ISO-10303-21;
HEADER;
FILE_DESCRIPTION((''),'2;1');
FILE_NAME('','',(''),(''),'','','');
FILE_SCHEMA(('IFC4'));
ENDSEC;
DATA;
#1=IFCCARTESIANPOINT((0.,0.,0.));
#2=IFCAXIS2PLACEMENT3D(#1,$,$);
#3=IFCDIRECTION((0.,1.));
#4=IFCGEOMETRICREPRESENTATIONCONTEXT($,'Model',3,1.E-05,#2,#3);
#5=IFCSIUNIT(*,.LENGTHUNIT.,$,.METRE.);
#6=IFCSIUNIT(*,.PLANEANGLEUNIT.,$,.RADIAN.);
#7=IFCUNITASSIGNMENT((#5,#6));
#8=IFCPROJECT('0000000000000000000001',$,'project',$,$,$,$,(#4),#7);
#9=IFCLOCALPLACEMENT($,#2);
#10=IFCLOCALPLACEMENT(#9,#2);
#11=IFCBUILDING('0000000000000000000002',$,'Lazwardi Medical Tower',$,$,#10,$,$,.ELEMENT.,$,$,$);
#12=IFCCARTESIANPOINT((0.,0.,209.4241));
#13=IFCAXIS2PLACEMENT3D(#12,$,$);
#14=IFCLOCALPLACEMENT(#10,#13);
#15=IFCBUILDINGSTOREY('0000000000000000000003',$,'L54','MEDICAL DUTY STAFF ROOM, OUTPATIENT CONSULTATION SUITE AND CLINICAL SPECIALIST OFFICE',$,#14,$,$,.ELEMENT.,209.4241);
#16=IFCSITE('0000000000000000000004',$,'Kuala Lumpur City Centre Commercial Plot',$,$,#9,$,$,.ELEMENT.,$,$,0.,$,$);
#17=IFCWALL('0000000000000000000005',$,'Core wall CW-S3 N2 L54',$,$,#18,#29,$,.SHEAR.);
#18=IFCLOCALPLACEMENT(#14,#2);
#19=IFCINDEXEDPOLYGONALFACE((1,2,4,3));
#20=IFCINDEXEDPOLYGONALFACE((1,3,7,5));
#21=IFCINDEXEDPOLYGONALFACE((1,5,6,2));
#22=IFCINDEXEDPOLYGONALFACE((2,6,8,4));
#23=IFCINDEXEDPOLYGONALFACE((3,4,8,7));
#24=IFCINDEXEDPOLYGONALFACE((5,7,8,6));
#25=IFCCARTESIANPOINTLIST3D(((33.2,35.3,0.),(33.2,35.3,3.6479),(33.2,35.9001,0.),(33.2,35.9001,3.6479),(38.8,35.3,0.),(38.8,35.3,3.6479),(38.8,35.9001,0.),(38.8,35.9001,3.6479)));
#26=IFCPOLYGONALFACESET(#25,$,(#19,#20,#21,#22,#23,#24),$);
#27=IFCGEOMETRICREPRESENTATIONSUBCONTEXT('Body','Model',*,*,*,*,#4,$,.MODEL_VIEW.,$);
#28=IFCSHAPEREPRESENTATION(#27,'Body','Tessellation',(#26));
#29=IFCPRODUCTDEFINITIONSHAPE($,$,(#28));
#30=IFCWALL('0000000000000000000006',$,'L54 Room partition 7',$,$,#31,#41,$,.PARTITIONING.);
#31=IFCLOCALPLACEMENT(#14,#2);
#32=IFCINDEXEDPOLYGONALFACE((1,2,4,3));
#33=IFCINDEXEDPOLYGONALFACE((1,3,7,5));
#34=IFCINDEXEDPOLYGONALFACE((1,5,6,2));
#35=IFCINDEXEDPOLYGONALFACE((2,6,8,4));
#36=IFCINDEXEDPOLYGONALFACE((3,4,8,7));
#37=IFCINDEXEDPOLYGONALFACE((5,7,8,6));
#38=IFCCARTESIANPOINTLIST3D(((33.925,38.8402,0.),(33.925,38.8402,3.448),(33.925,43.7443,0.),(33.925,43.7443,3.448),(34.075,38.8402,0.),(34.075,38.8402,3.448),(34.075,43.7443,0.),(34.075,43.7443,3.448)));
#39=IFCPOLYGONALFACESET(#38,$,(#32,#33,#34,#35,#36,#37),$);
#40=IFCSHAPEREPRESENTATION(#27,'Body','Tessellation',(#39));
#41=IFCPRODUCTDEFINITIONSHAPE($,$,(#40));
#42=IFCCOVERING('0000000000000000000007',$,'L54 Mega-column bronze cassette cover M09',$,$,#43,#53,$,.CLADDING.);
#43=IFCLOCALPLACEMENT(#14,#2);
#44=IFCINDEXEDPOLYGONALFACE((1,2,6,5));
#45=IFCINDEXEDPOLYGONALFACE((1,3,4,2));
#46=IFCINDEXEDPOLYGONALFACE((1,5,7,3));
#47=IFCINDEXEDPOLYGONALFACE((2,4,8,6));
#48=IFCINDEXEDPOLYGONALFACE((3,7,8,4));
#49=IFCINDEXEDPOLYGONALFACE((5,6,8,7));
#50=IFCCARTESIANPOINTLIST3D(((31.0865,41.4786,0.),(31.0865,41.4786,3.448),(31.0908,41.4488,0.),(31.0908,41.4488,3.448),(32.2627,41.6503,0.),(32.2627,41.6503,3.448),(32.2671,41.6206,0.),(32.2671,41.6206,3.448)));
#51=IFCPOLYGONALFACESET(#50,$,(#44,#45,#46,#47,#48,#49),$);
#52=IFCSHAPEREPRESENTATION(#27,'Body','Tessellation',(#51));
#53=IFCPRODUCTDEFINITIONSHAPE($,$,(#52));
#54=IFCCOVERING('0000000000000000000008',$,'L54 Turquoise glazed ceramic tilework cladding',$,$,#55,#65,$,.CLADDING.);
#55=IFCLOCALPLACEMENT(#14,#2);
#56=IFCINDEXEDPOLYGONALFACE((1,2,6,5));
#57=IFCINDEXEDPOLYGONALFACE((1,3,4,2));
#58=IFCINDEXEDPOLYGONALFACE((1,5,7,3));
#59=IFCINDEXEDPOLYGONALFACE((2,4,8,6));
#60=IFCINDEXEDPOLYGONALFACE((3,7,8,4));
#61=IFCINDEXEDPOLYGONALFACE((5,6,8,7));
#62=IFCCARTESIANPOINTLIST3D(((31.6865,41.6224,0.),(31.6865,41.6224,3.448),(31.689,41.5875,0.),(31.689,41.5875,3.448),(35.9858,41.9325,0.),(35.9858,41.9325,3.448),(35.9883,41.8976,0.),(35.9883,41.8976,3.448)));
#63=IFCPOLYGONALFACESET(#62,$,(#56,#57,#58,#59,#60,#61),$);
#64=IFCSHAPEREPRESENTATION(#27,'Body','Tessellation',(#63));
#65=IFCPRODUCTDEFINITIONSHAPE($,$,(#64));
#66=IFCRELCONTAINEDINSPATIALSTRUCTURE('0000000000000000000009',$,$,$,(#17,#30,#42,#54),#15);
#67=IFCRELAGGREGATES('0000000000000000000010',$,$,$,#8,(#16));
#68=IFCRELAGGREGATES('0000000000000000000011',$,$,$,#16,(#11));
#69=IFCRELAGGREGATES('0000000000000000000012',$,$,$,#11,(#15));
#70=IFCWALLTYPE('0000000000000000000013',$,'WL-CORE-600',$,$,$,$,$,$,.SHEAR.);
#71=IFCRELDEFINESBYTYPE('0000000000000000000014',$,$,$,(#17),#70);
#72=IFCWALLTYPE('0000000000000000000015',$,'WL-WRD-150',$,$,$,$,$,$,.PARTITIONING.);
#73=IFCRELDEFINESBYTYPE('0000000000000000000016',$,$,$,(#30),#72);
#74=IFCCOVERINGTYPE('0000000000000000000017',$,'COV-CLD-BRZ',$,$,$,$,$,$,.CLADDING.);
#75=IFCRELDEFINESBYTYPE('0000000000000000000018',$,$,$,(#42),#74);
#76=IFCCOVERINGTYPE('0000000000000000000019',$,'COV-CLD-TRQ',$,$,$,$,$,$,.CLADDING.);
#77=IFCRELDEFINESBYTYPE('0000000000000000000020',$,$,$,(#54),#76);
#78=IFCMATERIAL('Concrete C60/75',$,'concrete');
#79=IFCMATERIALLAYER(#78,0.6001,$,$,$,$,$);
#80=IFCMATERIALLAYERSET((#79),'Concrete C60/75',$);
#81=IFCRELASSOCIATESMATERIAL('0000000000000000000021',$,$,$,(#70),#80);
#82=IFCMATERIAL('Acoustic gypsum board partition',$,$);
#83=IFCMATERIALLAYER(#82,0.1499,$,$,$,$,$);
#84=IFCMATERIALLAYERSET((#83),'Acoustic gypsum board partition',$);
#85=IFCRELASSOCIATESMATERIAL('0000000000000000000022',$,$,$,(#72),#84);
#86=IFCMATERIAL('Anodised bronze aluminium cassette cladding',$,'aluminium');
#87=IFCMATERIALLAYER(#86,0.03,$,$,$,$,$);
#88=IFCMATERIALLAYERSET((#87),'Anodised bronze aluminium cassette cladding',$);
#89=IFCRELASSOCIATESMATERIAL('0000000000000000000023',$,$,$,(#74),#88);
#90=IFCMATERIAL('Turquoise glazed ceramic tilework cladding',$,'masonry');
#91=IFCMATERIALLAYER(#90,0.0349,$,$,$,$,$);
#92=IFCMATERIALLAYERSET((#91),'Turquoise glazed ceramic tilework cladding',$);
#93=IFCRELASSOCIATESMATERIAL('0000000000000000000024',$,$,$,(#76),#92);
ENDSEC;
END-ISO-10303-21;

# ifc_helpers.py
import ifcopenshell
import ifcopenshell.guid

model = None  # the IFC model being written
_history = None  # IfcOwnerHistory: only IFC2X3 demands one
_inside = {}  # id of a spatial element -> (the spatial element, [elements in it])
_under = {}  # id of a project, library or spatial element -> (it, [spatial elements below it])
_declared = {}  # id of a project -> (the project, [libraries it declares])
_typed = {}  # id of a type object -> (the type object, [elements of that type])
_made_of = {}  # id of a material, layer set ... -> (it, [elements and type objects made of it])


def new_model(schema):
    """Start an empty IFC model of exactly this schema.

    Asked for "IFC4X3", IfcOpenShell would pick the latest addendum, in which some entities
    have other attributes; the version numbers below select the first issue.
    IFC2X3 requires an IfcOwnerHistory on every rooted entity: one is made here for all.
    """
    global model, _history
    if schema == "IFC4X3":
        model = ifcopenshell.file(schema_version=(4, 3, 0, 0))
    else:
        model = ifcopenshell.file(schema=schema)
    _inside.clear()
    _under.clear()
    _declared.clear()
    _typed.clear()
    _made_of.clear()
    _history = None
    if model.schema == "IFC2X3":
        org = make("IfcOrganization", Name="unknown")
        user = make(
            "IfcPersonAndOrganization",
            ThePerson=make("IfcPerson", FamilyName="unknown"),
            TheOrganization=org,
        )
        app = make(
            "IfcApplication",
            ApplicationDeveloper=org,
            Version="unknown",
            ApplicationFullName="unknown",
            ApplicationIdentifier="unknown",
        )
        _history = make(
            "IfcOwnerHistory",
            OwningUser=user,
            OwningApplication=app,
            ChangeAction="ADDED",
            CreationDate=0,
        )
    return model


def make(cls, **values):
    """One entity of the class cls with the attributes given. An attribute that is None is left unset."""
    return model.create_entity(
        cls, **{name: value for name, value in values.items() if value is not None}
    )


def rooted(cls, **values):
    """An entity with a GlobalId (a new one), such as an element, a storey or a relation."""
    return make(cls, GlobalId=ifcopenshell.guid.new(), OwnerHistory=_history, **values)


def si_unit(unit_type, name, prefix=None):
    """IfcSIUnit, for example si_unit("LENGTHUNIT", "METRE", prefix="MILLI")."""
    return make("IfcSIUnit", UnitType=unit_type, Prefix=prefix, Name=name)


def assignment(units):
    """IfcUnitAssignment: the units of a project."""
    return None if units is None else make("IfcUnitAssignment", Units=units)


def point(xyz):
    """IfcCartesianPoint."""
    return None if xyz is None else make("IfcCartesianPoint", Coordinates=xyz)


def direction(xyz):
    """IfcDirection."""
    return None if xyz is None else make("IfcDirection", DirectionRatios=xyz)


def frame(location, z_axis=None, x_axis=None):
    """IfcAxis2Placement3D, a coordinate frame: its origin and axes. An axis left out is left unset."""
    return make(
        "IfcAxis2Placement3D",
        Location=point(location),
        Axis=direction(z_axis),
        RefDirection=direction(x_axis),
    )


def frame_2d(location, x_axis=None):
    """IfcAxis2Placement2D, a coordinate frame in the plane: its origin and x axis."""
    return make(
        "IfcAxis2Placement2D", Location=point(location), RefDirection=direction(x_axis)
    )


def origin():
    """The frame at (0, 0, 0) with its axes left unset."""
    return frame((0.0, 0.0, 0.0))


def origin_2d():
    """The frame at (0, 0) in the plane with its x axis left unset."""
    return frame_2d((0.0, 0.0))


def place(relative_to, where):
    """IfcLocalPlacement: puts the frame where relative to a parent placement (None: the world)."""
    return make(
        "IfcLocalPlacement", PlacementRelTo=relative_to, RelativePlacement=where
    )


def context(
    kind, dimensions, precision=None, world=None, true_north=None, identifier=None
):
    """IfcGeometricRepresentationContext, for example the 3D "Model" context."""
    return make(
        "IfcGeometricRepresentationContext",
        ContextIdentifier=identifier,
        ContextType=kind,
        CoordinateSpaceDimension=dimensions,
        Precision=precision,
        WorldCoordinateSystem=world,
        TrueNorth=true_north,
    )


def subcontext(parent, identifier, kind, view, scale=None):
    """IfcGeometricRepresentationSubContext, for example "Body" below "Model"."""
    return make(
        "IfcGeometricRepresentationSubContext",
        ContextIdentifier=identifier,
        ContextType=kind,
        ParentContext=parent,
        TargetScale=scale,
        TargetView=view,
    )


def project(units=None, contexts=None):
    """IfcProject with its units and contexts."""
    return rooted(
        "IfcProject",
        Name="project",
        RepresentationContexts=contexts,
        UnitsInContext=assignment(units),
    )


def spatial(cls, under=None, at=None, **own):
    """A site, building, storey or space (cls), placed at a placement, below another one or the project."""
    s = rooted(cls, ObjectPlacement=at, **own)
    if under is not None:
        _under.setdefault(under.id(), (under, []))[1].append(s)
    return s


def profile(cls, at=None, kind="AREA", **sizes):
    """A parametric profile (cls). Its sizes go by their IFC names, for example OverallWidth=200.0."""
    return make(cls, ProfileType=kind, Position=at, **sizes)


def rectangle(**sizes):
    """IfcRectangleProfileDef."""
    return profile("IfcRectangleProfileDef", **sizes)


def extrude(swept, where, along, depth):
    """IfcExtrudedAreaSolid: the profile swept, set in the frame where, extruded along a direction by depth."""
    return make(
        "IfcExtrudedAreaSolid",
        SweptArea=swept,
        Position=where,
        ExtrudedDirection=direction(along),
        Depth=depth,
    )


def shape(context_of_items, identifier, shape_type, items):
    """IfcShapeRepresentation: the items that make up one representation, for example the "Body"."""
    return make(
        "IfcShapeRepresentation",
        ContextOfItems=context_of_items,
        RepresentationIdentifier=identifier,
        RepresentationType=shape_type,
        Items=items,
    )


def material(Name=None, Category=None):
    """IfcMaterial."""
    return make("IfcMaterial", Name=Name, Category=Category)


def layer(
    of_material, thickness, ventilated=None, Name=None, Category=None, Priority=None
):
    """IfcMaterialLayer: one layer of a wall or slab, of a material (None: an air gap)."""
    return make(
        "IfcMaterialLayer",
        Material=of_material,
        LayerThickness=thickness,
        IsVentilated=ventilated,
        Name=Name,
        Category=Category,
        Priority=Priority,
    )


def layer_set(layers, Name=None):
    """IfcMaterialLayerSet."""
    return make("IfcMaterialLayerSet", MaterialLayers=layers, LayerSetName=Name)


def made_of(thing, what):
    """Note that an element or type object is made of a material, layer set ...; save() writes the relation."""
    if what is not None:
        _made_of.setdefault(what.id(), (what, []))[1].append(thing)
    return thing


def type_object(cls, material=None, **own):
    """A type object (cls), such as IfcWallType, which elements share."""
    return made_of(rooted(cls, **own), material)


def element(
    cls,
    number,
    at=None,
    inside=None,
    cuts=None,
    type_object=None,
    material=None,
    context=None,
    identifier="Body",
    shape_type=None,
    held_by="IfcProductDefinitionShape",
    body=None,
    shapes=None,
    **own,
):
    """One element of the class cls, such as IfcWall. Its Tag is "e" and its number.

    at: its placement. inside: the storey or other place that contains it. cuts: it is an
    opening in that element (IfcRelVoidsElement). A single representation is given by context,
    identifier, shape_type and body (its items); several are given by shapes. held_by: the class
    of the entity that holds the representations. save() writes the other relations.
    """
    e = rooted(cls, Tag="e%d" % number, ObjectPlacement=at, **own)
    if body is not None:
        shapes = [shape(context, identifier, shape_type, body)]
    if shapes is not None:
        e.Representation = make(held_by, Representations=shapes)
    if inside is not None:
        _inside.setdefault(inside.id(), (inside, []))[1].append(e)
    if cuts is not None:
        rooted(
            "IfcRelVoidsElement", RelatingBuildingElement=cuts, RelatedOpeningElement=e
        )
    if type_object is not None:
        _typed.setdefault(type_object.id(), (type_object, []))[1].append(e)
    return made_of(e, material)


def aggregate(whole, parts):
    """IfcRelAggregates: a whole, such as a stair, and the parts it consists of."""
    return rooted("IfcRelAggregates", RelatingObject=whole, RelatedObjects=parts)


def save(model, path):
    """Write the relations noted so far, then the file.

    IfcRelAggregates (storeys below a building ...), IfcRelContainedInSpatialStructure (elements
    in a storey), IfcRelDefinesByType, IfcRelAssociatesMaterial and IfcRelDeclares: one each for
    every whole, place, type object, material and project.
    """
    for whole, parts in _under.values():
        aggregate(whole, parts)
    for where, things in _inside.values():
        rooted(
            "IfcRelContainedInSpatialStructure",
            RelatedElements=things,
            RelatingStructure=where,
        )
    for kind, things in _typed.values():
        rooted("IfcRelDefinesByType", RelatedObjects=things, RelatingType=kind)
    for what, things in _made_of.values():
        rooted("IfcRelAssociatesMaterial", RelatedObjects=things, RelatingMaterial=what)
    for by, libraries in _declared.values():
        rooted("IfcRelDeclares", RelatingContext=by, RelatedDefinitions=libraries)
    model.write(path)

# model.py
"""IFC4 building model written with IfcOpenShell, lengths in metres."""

from ifc_helpers import new_model, si_unit, direction, frame, frame_2d, origin, origin_2d, place, context, subcontext, project, spatial, rectangle, extrude, material, layer, layer_set, type_object, element, save


model = new_model("IFC4")

# Units and contexts
model_context = context("Model", 3, precision=1e-05, world=origin(), true_north=direction((0.0, 1.0)))
body_context = subcontext(model_context, "Body", "Model", "MODEL_VIEW")
ifc_project = project(units=[si_unit("LENGTHUNIT", "METRE"), si_unit("PLANEANGLEUNIT", "RADIAN")], contexts=[model_context])

# Site, building, storey
site_placement = place(None, origin())
site = spatial("IfcSite", under=ifc_project, at=site_placement, Name="Kuala Lumpur City Centre Commercial Plot", CompositionType="ELEMENT", RefElevation=0.0)
building_placement = place(site_placement, origin())
building = spatial("IfcBuilding", under=site, at=building_placement, Name="Lazwardi Medical Tower", CompositionType="ELEMENT")
storey_placement = place(building_placement, frame((0.0, 0.0, 209.4241)))
storey = spatial("IfcBuildingStorey", under=building, at=storey_placement, Name="L54", Description="MEDICAL DUTY STAFF ROOM, OUTPATIENT CONSULTATION SUITE AND CLINICAL SPECIALIST OFFICE", CompositionType="ELEMENT", Elevation=209.4241)

# Shared definitions
ifc_material_1 = material(Name="Concrete C60/75", Category="concrete")

# Walls
ifc_layer_1 = layer(ifc_material_1, 0.6001)
ifc_layer_set_1 = layer_set([ifc_layer_1], Name="Concrete C60/75")
wall_type_1 = type_object("IfcWallType", Name="WL-CORE-600", PredefinedType="SHEAR", material=ifc_layer_set_1)
wall_1_placement = place(storey_placement, frame((33.2, 35.6001, 0.0), z_axis=(0.0, 0.0, 1.0), x_axis=(1.0, 0.0, 0.0)))
element("IfcWall", 1, at=wall_1_placement, inside=storey, type_object=wall_type_1, Name="Core wall CW-S3 N2 L54", PredefinedType="SHEAR", context=body_context, shape_type="SweptSolid", body=[
    extrude(rectangle(XDim=5.6001, YDim=0.6001, at=frame_2d((2.8, 0.0))), origin(), (0.0, 0.0, 1.0), 3.6479),
])
ifc_material_2 = material(Name="Acoustic gypsum board partition")
ifc_layer_2 = layer(ifc_material_2, 0.1499)
ifc_layer_set_2 = layer_set([ifc_layer_2], Name="Acoustic gypsum board partition")
wall_type_2 = type_object("IfcWallType", Name="WL-WRD-150", PredefinedType="PARTITIONING", material=ifc_layer_set_2)
wall_2_placement = place(storey_placement, frame((34.0, 38.8401, 0.0), z_axis=(0.0, 0.0, 1.0), x_axis=(0.0, 1.0, 0.0)))
element("IfcWall", 2, at=wall_2_placement, inside=storey, type_object=wall_type_2, Name="L54 Room partition 7", PredefinedType="PARTITIONING", context=body_context, shape_type="SweptSolid", body=[
    extrude(rectangle(XDim=4.9041, YDim=0.1499, at=frame_2d((2.4521, 0.0))), origin(), (0.0, 0.0, 1.0), 3.448),
])

# Coverings
ifc_material_3 = material(Name="Anodised bronze aluminium cassette cladding", Category="aluminium")
ifc_layer_3 = layer(ifc_material_3, 0.03)
ifc_layer_set_3 = layer_set([ifc_layer_3], Name="Anodised bronze aluminium cassette cladding")
covering_type_1 = type_object("IfcCoveringType", Name="COV-CLD-BRZ", PredefinedType="CLADDING", material=ifc_layer_set_3)
covering_1_placement = place(storey_placement, frame((31.6768, 41.5496, 0.0), z_axis=(0.0, 0.0, 1.0), x_axis=(-0.989512, -0.144448, 0.0)))
element("IfcCovering", 3, at=covering_1_placement, inside=storey, type_object=covering_type_1, Name="L54 Mega-column bronze cassette cover M09", PredefinedType="CLADDING", context=body_context, shape_type="SweptSolid", body=[
    extrude(rectangle(XDim=1.1887, YDim=0.03, at=origin_2d()), origin(), (0.0, 0.0, 1.0), 3.448),
])
ifc_material_4 = material(Name="Turquoise glazed ceramic tilework cladding", Category="masonry")
ifc_layer_4 = layer(ifc_material_4, 0.0349)
ifc_layer_set_4 = layer_set([ifc_layer_4], Name="Turquoise glazed ceramic tilework cladding")
covering_type_2 = type_object("IfcCoveringType", Name="COV-CLD-TRQ", PredefinedType="CLADDING", material=ifc_layer_set_4)
covering_2_placement = place(storey_placement, frame((33.8374, 41.76, 0.0), z_axis=(0.0, 0.0, 1.0), x_axis=(-0.997409, -0.07194, 0.0)))
element("IfcCovering", 4, at=covering_2_placement, inside=storey, type_object=covering_type_2, Name="L54 Turquoise glazed ceramic tilework cladding", PredefinedType="CLADDING", context=body_context, shape_type="SweptSolid", body=[
    extrude(rectangle(XDim=4.3105, YDim=0.0349, at=origin_2d()), origin(), (0.0, 0.0, 1.0), 3.448),
])

save(model, "model.ifc")
